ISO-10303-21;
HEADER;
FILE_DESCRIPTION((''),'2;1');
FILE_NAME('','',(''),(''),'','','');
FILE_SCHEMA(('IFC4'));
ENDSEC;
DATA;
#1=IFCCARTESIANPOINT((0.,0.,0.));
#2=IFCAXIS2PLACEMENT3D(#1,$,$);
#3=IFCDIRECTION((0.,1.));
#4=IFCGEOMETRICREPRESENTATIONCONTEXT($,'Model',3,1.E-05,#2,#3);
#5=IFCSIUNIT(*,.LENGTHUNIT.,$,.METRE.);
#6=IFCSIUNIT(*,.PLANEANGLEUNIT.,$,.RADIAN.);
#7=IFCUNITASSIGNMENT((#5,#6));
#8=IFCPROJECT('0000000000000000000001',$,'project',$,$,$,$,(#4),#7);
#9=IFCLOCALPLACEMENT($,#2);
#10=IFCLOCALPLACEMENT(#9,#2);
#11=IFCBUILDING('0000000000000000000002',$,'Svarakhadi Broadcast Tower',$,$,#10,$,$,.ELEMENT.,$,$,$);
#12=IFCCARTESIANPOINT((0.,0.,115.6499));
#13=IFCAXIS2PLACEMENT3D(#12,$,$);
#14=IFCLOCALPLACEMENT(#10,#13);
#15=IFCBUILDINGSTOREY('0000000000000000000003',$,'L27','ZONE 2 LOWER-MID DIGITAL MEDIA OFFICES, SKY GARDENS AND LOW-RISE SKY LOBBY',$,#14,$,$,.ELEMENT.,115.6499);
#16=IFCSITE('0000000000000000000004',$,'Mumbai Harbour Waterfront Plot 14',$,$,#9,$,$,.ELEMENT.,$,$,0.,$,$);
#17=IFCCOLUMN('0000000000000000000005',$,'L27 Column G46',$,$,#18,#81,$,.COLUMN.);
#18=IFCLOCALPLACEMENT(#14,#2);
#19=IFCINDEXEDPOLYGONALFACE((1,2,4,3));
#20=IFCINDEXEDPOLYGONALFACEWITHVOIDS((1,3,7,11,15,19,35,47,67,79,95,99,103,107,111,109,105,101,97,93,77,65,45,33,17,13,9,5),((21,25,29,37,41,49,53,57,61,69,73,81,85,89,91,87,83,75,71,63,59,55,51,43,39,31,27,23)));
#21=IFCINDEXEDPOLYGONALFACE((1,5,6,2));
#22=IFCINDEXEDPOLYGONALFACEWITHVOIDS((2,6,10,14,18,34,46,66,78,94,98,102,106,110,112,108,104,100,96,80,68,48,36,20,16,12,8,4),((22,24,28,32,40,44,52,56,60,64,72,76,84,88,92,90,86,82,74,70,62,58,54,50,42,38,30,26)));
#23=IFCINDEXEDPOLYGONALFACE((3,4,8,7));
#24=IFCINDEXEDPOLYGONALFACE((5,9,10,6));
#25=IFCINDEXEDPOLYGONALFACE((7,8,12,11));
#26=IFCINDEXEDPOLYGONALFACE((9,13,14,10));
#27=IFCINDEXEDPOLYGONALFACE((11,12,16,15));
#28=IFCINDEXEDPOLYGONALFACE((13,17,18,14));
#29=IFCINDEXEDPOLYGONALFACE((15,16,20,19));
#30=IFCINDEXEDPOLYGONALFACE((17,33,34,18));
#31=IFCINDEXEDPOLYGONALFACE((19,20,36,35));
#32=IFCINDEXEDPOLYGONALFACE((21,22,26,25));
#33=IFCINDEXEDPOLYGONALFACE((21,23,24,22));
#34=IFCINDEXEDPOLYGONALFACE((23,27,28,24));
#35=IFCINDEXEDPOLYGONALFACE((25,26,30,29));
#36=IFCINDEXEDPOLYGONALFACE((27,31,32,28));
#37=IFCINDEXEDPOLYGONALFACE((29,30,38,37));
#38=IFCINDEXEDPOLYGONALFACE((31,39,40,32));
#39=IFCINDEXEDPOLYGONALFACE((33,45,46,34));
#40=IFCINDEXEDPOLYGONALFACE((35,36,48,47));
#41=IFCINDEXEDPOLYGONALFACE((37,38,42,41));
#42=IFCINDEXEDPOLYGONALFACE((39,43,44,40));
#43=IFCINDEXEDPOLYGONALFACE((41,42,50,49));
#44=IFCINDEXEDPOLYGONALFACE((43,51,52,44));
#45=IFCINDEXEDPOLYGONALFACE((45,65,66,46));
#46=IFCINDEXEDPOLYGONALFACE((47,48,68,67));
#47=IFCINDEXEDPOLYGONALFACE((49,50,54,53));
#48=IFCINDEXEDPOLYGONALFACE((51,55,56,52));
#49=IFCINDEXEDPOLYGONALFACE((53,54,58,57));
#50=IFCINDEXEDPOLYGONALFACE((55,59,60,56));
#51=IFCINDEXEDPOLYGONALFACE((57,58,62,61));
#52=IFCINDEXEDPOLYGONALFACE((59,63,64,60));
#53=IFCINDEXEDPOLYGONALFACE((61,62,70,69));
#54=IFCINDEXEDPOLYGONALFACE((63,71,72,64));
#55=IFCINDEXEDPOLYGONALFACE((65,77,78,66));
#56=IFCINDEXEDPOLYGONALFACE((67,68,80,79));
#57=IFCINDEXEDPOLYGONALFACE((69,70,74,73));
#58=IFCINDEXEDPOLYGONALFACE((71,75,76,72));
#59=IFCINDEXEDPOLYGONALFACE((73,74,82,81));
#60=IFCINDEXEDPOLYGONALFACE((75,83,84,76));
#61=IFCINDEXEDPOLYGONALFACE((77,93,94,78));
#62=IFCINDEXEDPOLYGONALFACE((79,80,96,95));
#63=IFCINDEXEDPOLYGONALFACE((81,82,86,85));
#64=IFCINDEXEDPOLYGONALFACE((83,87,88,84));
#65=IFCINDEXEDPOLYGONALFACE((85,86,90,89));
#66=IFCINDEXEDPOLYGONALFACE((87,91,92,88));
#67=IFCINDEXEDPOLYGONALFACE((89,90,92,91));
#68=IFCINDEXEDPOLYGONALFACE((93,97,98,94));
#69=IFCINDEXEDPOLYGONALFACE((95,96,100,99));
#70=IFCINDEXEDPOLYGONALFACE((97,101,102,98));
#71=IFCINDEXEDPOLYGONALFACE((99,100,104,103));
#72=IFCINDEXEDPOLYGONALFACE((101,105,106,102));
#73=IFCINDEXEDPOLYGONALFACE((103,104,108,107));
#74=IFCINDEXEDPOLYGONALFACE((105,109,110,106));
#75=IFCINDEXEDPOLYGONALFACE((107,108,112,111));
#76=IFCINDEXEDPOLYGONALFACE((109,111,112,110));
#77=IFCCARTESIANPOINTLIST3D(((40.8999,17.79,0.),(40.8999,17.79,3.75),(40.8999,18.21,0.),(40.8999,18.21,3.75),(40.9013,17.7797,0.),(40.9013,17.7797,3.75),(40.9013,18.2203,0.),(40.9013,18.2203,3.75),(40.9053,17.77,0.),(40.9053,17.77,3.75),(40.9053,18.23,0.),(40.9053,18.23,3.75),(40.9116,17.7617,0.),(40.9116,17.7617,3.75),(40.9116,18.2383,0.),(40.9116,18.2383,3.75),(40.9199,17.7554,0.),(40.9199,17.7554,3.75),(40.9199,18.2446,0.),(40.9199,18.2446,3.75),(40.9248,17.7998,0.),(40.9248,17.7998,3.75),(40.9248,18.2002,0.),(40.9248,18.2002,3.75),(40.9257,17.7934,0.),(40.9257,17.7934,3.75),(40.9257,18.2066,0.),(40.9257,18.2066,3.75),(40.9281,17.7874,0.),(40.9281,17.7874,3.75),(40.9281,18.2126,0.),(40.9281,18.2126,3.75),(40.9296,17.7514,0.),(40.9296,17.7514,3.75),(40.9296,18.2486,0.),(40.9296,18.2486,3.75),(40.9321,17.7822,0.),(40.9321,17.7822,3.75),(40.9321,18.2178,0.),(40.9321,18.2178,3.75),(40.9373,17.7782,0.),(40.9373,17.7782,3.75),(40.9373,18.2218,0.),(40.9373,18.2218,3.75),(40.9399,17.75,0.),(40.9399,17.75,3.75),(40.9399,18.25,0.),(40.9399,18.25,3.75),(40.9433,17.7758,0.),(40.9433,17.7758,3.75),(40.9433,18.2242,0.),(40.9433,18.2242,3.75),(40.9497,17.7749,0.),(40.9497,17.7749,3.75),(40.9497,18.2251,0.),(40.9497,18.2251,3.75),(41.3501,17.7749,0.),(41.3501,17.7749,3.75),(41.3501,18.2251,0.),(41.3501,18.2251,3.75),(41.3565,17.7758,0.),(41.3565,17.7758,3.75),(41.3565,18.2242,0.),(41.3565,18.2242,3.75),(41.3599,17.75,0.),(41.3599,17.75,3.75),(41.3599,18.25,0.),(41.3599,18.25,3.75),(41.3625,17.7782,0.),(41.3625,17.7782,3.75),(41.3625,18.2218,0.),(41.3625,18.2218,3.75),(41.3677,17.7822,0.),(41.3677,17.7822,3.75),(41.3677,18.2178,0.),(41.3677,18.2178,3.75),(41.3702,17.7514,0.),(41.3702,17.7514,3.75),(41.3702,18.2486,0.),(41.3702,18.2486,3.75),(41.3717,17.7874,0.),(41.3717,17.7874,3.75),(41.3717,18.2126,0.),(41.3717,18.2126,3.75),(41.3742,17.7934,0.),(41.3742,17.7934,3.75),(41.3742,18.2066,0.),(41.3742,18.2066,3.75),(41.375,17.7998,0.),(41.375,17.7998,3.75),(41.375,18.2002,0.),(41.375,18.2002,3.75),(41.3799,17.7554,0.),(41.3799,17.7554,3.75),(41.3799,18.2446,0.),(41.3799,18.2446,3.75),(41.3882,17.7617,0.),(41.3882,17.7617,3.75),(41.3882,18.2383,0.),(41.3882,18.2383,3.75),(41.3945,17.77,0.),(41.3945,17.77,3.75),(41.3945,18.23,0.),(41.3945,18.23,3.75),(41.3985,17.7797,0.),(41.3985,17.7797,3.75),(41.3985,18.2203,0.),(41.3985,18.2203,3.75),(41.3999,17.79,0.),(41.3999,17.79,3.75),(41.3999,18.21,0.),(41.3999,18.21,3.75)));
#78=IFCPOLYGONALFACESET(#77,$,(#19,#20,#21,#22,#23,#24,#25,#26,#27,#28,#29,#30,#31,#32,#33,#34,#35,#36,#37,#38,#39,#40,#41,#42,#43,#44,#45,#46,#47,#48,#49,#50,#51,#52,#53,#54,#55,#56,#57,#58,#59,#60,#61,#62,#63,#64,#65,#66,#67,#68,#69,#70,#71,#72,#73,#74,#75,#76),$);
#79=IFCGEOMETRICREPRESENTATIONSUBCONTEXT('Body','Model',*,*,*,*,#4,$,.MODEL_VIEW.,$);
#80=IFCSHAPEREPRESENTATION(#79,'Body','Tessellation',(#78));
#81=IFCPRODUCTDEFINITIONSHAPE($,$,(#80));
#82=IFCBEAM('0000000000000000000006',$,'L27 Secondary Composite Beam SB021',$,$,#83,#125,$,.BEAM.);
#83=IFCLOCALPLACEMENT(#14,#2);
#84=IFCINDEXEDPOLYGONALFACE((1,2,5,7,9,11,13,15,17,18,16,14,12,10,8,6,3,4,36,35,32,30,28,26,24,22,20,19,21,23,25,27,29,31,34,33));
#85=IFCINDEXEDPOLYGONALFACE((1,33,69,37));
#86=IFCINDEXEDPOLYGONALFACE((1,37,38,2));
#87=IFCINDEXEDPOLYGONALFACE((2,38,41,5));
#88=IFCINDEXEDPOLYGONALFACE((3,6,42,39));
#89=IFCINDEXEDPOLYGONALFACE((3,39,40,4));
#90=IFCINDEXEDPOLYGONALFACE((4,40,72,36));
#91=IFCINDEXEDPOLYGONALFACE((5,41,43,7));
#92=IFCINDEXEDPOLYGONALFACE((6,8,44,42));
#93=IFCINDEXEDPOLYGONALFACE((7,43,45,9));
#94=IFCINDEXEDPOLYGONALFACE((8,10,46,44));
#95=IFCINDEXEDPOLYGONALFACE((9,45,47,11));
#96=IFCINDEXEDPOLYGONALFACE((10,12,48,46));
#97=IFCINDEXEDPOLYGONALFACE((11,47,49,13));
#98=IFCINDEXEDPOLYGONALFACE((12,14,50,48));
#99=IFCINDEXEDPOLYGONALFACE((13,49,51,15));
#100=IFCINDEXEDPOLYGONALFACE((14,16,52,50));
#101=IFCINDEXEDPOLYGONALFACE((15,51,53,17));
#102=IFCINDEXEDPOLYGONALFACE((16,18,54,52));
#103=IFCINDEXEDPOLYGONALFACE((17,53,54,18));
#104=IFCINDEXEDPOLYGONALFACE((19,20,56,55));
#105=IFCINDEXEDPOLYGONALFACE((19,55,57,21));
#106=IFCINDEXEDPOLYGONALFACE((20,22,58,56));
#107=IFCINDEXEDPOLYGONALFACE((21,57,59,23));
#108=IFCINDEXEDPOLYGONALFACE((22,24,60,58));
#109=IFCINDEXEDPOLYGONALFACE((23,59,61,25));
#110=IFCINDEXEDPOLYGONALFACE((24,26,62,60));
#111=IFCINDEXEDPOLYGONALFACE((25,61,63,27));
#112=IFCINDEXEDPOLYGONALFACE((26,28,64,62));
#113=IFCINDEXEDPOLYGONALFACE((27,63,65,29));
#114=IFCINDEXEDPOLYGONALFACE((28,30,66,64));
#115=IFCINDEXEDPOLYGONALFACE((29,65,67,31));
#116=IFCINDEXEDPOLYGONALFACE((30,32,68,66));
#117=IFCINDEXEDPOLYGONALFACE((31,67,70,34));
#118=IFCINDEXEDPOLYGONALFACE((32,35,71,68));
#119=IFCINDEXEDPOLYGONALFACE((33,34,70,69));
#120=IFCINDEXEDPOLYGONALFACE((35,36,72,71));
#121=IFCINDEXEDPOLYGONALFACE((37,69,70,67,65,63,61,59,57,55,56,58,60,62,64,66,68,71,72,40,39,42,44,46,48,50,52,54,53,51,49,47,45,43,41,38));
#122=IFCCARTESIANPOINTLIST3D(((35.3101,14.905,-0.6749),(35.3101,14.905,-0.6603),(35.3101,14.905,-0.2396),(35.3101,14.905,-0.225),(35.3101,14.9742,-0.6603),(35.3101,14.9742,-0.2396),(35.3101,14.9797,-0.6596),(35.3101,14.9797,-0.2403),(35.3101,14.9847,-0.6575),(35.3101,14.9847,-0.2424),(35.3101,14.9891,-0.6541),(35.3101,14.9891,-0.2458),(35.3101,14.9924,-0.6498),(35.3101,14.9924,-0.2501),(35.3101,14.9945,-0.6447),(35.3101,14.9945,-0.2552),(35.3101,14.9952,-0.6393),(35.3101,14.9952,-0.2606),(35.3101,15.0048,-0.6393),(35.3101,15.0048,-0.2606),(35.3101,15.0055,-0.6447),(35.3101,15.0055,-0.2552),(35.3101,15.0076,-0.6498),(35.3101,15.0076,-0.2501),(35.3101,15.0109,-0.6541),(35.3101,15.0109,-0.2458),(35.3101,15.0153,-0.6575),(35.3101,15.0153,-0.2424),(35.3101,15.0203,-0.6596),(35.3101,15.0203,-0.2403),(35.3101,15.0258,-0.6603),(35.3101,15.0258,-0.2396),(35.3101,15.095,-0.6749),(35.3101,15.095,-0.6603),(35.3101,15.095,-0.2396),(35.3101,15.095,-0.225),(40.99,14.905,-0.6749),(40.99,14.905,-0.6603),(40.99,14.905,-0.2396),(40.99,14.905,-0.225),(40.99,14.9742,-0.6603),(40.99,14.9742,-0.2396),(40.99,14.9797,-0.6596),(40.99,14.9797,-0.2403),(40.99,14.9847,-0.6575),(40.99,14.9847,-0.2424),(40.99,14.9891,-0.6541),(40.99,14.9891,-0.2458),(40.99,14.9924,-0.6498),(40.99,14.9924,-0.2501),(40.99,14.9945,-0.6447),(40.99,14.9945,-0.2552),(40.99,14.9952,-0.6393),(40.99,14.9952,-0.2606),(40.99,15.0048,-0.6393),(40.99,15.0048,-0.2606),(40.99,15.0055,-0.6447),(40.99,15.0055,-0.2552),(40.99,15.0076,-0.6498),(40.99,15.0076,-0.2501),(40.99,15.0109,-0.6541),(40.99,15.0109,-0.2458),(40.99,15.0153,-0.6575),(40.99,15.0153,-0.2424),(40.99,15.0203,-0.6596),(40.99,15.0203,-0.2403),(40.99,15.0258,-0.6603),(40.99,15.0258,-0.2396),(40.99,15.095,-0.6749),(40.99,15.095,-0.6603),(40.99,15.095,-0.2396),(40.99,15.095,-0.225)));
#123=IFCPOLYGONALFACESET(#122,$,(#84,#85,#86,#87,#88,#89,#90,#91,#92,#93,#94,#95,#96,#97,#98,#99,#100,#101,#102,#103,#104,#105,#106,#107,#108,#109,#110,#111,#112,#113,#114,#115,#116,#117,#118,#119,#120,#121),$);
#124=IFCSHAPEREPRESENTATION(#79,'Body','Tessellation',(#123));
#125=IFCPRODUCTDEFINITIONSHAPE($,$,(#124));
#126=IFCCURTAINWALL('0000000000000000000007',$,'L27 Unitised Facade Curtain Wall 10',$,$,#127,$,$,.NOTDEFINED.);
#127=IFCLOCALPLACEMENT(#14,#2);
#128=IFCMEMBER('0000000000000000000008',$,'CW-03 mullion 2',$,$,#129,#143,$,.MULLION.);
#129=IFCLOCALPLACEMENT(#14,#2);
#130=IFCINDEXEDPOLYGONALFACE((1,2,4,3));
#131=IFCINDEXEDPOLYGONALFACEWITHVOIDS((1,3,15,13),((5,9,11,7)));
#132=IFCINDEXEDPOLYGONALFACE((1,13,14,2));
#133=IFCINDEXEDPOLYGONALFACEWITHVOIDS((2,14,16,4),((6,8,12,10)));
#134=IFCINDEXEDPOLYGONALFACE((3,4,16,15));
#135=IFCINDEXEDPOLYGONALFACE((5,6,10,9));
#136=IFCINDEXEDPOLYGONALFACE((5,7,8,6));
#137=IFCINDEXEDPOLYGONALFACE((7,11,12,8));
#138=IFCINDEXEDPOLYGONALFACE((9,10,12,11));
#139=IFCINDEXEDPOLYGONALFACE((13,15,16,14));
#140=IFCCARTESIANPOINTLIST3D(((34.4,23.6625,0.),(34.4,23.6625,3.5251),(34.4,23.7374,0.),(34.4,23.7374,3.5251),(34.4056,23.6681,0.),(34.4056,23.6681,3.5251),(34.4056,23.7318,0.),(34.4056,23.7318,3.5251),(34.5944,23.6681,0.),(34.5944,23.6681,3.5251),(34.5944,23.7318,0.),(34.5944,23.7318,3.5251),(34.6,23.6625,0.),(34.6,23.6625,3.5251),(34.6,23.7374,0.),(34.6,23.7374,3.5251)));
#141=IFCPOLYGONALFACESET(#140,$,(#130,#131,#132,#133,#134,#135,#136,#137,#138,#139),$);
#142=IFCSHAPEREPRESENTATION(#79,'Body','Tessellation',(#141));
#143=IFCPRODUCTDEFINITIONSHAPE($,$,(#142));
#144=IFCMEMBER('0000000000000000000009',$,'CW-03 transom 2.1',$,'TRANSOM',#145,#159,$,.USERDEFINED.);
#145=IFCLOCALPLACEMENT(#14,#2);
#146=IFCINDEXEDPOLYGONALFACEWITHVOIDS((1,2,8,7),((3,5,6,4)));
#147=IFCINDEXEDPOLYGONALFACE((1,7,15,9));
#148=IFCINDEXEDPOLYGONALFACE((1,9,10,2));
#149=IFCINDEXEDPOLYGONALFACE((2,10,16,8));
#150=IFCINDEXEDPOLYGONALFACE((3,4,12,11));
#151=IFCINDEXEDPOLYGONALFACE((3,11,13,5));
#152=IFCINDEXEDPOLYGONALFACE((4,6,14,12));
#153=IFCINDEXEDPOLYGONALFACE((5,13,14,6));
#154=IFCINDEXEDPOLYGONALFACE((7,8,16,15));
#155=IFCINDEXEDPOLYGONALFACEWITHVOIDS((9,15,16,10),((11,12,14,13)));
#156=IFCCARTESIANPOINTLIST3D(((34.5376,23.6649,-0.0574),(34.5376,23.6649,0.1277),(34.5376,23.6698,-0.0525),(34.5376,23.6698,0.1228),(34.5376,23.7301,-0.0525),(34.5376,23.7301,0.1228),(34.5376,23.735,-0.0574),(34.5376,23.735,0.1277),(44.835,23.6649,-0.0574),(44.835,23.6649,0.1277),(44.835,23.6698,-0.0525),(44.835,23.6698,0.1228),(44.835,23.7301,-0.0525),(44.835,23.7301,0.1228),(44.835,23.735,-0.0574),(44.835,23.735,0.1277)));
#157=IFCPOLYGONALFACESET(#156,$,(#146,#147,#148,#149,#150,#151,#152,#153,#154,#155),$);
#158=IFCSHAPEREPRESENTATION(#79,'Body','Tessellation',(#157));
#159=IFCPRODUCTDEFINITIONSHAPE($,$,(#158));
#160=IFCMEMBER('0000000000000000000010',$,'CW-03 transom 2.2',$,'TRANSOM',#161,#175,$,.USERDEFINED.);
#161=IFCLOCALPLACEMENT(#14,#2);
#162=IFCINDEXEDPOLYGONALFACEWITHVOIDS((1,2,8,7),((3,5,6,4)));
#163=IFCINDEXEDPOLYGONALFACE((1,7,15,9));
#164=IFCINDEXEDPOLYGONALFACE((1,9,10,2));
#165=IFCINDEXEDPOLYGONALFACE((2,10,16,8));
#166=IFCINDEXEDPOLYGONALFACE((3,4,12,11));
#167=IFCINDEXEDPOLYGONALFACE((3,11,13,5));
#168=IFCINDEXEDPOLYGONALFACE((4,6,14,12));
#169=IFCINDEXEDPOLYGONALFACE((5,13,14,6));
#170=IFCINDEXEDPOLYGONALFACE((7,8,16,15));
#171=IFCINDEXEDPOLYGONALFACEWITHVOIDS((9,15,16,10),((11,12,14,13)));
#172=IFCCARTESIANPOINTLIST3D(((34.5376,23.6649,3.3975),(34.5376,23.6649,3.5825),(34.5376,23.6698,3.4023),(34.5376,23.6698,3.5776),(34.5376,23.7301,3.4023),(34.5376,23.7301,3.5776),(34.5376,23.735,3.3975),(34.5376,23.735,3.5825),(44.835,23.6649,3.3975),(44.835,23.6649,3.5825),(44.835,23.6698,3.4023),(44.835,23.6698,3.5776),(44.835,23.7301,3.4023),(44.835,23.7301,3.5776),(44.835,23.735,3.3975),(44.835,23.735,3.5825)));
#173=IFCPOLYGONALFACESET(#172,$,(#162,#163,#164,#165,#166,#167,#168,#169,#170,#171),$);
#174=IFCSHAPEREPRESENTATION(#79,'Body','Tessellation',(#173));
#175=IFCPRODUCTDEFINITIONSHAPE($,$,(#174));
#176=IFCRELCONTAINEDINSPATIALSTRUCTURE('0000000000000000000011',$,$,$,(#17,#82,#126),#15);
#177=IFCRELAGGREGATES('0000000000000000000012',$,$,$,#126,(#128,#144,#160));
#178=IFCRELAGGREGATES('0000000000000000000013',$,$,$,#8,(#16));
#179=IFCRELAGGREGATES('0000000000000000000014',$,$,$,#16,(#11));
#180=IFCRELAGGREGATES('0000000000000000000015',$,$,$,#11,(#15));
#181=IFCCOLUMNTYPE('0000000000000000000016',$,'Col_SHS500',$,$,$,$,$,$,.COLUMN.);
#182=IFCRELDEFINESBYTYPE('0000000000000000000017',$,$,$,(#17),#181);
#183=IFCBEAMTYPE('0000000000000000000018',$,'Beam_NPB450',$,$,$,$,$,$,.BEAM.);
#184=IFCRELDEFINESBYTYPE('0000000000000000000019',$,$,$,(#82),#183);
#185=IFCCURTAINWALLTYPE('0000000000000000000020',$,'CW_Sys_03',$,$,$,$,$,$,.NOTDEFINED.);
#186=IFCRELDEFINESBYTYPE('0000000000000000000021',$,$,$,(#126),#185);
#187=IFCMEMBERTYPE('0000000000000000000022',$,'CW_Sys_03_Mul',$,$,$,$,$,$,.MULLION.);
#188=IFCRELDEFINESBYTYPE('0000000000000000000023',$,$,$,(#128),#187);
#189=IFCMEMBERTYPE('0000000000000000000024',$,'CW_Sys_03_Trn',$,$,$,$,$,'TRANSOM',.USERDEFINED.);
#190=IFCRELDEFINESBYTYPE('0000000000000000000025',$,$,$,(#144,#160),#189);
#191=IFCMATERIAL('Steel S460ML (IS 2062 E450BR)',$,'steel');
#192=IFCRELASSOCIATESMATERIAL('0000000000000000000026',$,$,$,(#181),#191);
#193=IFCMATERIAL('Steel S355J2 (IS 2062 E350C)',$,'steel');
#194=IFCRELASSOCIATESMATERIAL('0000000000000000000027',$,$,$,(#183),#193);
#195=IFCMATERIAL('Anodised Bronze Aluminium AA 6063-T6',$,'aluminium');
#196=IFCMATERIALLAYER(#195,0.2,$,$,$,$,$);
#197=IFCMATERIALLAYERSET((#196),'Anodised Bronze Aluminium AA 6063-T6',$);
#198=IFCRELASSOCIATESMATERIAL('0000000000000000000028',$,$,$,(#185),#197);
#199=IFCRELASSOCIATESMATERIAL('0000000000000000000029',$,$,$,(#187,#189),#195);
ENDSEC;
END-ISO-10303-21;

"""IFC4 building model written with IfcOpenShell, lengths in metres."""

from ifc_helpers import new_model, si_unit, direction, frame, origin, origin_2d, place, context, subcontext, project, spatial, hollow_rectangle, i_section, extrude, material, layer, layer_set, material_profile, profile_set, type_object, element, aggregate, save


model = new_model("IFC4")

# Units and contexts
model_context = context("Model", 3, precision=1e-05, world=origin(), true_north=direction((0.0, 1.0)))
body_context = subcontext(model_context, "Body", "Model", "MODEL_VIEW")
ifc_project = project(units=[si_unit("LENGTHUNIT", "METRE"), si_unit("PLANEANGLEUNIT", "RADIAN")], contexts=[model_context])

# Site, building, storey
site_placement = place(None, origin())
site = spatial("IfcSite", under=ifc_project, at=site_placement, Name="Mumbai Harbour Waterfront Plot 14", CompositionType="ELEMENT", RefElevation=0.0)
building_placement = place(site_placement, origin())
building = spatial("IfcBuilding", under=site, at=building_placement, Name="Svarakhadi Broadcast Tower", CompositionType="ELEMENT")
storey_placement = place(building_placement, frame((0.0, 0.0, 115.6499)))
storey = spatial("IfcBuildingStorey", under=building, at=storey_placement, Name="L27", Description="ZONE 2 LOWER-MID DIGITAL MEDIA OFFICES, SKY GARDENS AND LOW-RISE SKY LOBBY", CompositionType="ELEMENT", Elevation=115.6499)

# Column
ifc_material_1 = material(Name="Steel S460ML (IS 2062 E450BR)", Category="steel")
ifc_material_profile_1 = material_profile(ifc_material_1, hollow_rectangle(XDim=0.5, YDim=0.5, WallThickness=0.0249, InnerFilletRadius=0.0249, OuterFilletRadius=0.04, at=origin_2d()), Name="SHS 500x500x25")
ifc_profile_set_1 = profile_set([ifc_material_profile_1], Name="Steel S460ML (IS 2062 E450BR)")
column_type_1 = type_object("IfcColumnType", Name="Col_SHS500", PredefinedType="COLUMN", material=ifc_profile_set_1)
for number, where, z_axis, x_axis, name in (
    (1, (41.1499, 18.0, 0.0), (0.0, 0.0, 1.0), (1.0, 0.0, 0.0), "L27 Column G46"),
):
    element("IfcColumn", number, at=place(storey_placement, frame(where, z_axis=z_axis, x_axis=x_axis)), inside=storey, type_object=column_type_1, Name=name, PredefinedType="COLUMN", context=body_context, shape_type="SweptSolid", body=[
        extrude(hollow_rectangle(XDim=0.5, YDim=0.5, WallThickness=0.0249, InnerFilletRadius=0.0249, OuterFilletRadius=0.04, at=origin_2d()), origin(), (0.0, 0.0, 1.0), 3.75),
    ])

# Beam
ifc_material_2 = material(Name="Steel S355J2 (IS 2062 E350C)", Category="steel")
ifc_material_profile_2 = material_profile(ifc_material_2, i_section(OverallWidth=0.1899, OverallDepth=0.45, WebThickness=0.0095, FlangeThickness=0.0146, FilletRadius=0.021, at=origin_2d()), Name="NPB 450x190x78")
ifc_profile_set_2 = profile_set([ifc_material_profile_2], Name="Steel S355J2 (IS 2062 E350C)")
beam_type_1 = type_object("IfcBeamType", Name="Beam_NPB450", PredefinedType="BEAM", material=ifc_profile_set_2)
beam_1_placement = place(storey_placement, frame((35.3101, 15.0, -0.45), z_axis=(1.0, 0.0, 0.0), x_axis=(0.0, 1.0, 0.0)))
element("IfcBeam", 2, at=beam_1_placement, inside=storey, type_object=beam_type_1, Name="L27 Secondary Composite Beam SB021", PredefinedType="BEAM", context=body_context, shape_type="SweptSolid", body=[
    extrude(i_section(OverallWidth=0.1899, OverallDepth=0.45, WebThickness=0.0095, FlangeThickness=0.0146, FilletRadius=0.021, at=origin_2d()), origin(), (0.0, 0.0, 1.0), 5.6799),
])

# Curtain wall, members
ifc_material_3 = material(Name="Anodised Bronze Aluminium AA 6063-T6", Category="aluminium")
ifc_layer_1 = layer(ifc_material_3, 0.2)
ifc_layer_set_1 = layer_set([ifc_layer_1], Name="Anodised Bronze Aluminium AA 6063-T6")
curtain_wall_type = type_object("IfcCurtainWallType", Name="CW_Sys_03", PredefinedType="NOTDEFINED", material=ifc_layer_set_1)
curtain_wall_placement = place(storey_placement, origin())
curtain_wall = element("IfcCurtainWall", 3, at=curtain_wall_placement, inside=storey, type_object=curtain_wall_type, Name="L27 Unitised Facade Curtain Wall 10", PredefinedType="NOTDEFINED")
ifc_material_profile_3 = material_profile(ifc_material_3, hollow_rectangle(XDim=0.075, YDim=0.2, WallThickness=0.0056, at=origin_2d()), Name="ALU MULLION 200x75x6")
ifc_profile_set_3 = profile_set([ifc_material_profile_3], Name="Anodised Bronze Aluminium AA 6063-T6")
member_type_1 = type_object("IfcMemberType", Name="CW_Sys_03_Mul", PredefinedType="MULLION", material=ifc_profile_set_3)
member_1_placement = place(storey_placement, frame((34.5, 23.7, 0.0), z_axis=(0.0, 0.0, 1.0), x_axis=(0.0, 1.0, 0.0)))
member_1 = element("IfcMember", 4, at=member_1_placement, type_object=member_type_1, Name="CW-03 mullion 2", PredefinedType="MULLION", context=body_context, shape_type="SweptSolid", body=[
    extrude(hollow_rectangle(XDim=0.075, YDim=0.2, WallThickness=0.0056, at=origin_2d()), origin(), (0.0, 0.0, 1.0), 3.5251),
])
ifc_material_profile_4 = material_profile(ifc_material_3, hollow_rectangle(XDim=0.0701, YDim=0.1851, WallThickness=0.0049, at=origin_2d()), Name="ALU TRANSOM 185x70x5")
ifc_profile_set_4 = profile_set([ifc_material_profile_4], Name="Anodised Bronze Aluminium AA 6063-T6")
member_type_2 = type_object("IfcMemberType", Name="CW_Sys_03_Trn", ElementType="TRANSOM", PredefinedType="USERDEFINED", material=ifc_profile_set_4)
member_2_placement = place(storey_placement, frame((34.5376, 23.7, 0.0352), z_axis=(1.0, 0.0, 0.0), x_axis=(0.0, 1.0, 0.0)))
member_2 = element("IfcMember", 5, at=member_2_placement, type_object=member_type_2, Name="CW-03 transom 2.1", ObjectType="TRANSOM", PredefinedType="USERDEFINED", context=body_context, shape_type="SweptSolid", body=[
    extrude(hollow_rectangle(XDim=0.0701, YDim=0.1851, WallThickness=0.0049, at=origin_2d()), origin(), (0.0, 0.0, 1.0), 10.2974),
])
member_3_placement = place(storey_placement, frame((34.5376, 23.7, 3.49), z_axis=(1.0, 0.0, 0.0), x_axis=(0.0, 1.0, 0.0)))
member_3 = element("IfcMember", 6, at=member_3_placement, type_object=member_type_2, Name="CW-03 transom 2.2", ObjectType="TRANSOM", PredefinedType="USERDEFINED", context=body_context, shape_type="SweptSolid", body=[
    extrude(hollow_rectangle(XDim=0.0701, YDim=0.1851, WallThickness=0.0049, at=origin_2d()), origin(), (0.0, 0.0, 1.0), 10.2974),
])

aggregate(curtain_wall, [member_1, member_2, member_3])

save(model, "model.ifc")
